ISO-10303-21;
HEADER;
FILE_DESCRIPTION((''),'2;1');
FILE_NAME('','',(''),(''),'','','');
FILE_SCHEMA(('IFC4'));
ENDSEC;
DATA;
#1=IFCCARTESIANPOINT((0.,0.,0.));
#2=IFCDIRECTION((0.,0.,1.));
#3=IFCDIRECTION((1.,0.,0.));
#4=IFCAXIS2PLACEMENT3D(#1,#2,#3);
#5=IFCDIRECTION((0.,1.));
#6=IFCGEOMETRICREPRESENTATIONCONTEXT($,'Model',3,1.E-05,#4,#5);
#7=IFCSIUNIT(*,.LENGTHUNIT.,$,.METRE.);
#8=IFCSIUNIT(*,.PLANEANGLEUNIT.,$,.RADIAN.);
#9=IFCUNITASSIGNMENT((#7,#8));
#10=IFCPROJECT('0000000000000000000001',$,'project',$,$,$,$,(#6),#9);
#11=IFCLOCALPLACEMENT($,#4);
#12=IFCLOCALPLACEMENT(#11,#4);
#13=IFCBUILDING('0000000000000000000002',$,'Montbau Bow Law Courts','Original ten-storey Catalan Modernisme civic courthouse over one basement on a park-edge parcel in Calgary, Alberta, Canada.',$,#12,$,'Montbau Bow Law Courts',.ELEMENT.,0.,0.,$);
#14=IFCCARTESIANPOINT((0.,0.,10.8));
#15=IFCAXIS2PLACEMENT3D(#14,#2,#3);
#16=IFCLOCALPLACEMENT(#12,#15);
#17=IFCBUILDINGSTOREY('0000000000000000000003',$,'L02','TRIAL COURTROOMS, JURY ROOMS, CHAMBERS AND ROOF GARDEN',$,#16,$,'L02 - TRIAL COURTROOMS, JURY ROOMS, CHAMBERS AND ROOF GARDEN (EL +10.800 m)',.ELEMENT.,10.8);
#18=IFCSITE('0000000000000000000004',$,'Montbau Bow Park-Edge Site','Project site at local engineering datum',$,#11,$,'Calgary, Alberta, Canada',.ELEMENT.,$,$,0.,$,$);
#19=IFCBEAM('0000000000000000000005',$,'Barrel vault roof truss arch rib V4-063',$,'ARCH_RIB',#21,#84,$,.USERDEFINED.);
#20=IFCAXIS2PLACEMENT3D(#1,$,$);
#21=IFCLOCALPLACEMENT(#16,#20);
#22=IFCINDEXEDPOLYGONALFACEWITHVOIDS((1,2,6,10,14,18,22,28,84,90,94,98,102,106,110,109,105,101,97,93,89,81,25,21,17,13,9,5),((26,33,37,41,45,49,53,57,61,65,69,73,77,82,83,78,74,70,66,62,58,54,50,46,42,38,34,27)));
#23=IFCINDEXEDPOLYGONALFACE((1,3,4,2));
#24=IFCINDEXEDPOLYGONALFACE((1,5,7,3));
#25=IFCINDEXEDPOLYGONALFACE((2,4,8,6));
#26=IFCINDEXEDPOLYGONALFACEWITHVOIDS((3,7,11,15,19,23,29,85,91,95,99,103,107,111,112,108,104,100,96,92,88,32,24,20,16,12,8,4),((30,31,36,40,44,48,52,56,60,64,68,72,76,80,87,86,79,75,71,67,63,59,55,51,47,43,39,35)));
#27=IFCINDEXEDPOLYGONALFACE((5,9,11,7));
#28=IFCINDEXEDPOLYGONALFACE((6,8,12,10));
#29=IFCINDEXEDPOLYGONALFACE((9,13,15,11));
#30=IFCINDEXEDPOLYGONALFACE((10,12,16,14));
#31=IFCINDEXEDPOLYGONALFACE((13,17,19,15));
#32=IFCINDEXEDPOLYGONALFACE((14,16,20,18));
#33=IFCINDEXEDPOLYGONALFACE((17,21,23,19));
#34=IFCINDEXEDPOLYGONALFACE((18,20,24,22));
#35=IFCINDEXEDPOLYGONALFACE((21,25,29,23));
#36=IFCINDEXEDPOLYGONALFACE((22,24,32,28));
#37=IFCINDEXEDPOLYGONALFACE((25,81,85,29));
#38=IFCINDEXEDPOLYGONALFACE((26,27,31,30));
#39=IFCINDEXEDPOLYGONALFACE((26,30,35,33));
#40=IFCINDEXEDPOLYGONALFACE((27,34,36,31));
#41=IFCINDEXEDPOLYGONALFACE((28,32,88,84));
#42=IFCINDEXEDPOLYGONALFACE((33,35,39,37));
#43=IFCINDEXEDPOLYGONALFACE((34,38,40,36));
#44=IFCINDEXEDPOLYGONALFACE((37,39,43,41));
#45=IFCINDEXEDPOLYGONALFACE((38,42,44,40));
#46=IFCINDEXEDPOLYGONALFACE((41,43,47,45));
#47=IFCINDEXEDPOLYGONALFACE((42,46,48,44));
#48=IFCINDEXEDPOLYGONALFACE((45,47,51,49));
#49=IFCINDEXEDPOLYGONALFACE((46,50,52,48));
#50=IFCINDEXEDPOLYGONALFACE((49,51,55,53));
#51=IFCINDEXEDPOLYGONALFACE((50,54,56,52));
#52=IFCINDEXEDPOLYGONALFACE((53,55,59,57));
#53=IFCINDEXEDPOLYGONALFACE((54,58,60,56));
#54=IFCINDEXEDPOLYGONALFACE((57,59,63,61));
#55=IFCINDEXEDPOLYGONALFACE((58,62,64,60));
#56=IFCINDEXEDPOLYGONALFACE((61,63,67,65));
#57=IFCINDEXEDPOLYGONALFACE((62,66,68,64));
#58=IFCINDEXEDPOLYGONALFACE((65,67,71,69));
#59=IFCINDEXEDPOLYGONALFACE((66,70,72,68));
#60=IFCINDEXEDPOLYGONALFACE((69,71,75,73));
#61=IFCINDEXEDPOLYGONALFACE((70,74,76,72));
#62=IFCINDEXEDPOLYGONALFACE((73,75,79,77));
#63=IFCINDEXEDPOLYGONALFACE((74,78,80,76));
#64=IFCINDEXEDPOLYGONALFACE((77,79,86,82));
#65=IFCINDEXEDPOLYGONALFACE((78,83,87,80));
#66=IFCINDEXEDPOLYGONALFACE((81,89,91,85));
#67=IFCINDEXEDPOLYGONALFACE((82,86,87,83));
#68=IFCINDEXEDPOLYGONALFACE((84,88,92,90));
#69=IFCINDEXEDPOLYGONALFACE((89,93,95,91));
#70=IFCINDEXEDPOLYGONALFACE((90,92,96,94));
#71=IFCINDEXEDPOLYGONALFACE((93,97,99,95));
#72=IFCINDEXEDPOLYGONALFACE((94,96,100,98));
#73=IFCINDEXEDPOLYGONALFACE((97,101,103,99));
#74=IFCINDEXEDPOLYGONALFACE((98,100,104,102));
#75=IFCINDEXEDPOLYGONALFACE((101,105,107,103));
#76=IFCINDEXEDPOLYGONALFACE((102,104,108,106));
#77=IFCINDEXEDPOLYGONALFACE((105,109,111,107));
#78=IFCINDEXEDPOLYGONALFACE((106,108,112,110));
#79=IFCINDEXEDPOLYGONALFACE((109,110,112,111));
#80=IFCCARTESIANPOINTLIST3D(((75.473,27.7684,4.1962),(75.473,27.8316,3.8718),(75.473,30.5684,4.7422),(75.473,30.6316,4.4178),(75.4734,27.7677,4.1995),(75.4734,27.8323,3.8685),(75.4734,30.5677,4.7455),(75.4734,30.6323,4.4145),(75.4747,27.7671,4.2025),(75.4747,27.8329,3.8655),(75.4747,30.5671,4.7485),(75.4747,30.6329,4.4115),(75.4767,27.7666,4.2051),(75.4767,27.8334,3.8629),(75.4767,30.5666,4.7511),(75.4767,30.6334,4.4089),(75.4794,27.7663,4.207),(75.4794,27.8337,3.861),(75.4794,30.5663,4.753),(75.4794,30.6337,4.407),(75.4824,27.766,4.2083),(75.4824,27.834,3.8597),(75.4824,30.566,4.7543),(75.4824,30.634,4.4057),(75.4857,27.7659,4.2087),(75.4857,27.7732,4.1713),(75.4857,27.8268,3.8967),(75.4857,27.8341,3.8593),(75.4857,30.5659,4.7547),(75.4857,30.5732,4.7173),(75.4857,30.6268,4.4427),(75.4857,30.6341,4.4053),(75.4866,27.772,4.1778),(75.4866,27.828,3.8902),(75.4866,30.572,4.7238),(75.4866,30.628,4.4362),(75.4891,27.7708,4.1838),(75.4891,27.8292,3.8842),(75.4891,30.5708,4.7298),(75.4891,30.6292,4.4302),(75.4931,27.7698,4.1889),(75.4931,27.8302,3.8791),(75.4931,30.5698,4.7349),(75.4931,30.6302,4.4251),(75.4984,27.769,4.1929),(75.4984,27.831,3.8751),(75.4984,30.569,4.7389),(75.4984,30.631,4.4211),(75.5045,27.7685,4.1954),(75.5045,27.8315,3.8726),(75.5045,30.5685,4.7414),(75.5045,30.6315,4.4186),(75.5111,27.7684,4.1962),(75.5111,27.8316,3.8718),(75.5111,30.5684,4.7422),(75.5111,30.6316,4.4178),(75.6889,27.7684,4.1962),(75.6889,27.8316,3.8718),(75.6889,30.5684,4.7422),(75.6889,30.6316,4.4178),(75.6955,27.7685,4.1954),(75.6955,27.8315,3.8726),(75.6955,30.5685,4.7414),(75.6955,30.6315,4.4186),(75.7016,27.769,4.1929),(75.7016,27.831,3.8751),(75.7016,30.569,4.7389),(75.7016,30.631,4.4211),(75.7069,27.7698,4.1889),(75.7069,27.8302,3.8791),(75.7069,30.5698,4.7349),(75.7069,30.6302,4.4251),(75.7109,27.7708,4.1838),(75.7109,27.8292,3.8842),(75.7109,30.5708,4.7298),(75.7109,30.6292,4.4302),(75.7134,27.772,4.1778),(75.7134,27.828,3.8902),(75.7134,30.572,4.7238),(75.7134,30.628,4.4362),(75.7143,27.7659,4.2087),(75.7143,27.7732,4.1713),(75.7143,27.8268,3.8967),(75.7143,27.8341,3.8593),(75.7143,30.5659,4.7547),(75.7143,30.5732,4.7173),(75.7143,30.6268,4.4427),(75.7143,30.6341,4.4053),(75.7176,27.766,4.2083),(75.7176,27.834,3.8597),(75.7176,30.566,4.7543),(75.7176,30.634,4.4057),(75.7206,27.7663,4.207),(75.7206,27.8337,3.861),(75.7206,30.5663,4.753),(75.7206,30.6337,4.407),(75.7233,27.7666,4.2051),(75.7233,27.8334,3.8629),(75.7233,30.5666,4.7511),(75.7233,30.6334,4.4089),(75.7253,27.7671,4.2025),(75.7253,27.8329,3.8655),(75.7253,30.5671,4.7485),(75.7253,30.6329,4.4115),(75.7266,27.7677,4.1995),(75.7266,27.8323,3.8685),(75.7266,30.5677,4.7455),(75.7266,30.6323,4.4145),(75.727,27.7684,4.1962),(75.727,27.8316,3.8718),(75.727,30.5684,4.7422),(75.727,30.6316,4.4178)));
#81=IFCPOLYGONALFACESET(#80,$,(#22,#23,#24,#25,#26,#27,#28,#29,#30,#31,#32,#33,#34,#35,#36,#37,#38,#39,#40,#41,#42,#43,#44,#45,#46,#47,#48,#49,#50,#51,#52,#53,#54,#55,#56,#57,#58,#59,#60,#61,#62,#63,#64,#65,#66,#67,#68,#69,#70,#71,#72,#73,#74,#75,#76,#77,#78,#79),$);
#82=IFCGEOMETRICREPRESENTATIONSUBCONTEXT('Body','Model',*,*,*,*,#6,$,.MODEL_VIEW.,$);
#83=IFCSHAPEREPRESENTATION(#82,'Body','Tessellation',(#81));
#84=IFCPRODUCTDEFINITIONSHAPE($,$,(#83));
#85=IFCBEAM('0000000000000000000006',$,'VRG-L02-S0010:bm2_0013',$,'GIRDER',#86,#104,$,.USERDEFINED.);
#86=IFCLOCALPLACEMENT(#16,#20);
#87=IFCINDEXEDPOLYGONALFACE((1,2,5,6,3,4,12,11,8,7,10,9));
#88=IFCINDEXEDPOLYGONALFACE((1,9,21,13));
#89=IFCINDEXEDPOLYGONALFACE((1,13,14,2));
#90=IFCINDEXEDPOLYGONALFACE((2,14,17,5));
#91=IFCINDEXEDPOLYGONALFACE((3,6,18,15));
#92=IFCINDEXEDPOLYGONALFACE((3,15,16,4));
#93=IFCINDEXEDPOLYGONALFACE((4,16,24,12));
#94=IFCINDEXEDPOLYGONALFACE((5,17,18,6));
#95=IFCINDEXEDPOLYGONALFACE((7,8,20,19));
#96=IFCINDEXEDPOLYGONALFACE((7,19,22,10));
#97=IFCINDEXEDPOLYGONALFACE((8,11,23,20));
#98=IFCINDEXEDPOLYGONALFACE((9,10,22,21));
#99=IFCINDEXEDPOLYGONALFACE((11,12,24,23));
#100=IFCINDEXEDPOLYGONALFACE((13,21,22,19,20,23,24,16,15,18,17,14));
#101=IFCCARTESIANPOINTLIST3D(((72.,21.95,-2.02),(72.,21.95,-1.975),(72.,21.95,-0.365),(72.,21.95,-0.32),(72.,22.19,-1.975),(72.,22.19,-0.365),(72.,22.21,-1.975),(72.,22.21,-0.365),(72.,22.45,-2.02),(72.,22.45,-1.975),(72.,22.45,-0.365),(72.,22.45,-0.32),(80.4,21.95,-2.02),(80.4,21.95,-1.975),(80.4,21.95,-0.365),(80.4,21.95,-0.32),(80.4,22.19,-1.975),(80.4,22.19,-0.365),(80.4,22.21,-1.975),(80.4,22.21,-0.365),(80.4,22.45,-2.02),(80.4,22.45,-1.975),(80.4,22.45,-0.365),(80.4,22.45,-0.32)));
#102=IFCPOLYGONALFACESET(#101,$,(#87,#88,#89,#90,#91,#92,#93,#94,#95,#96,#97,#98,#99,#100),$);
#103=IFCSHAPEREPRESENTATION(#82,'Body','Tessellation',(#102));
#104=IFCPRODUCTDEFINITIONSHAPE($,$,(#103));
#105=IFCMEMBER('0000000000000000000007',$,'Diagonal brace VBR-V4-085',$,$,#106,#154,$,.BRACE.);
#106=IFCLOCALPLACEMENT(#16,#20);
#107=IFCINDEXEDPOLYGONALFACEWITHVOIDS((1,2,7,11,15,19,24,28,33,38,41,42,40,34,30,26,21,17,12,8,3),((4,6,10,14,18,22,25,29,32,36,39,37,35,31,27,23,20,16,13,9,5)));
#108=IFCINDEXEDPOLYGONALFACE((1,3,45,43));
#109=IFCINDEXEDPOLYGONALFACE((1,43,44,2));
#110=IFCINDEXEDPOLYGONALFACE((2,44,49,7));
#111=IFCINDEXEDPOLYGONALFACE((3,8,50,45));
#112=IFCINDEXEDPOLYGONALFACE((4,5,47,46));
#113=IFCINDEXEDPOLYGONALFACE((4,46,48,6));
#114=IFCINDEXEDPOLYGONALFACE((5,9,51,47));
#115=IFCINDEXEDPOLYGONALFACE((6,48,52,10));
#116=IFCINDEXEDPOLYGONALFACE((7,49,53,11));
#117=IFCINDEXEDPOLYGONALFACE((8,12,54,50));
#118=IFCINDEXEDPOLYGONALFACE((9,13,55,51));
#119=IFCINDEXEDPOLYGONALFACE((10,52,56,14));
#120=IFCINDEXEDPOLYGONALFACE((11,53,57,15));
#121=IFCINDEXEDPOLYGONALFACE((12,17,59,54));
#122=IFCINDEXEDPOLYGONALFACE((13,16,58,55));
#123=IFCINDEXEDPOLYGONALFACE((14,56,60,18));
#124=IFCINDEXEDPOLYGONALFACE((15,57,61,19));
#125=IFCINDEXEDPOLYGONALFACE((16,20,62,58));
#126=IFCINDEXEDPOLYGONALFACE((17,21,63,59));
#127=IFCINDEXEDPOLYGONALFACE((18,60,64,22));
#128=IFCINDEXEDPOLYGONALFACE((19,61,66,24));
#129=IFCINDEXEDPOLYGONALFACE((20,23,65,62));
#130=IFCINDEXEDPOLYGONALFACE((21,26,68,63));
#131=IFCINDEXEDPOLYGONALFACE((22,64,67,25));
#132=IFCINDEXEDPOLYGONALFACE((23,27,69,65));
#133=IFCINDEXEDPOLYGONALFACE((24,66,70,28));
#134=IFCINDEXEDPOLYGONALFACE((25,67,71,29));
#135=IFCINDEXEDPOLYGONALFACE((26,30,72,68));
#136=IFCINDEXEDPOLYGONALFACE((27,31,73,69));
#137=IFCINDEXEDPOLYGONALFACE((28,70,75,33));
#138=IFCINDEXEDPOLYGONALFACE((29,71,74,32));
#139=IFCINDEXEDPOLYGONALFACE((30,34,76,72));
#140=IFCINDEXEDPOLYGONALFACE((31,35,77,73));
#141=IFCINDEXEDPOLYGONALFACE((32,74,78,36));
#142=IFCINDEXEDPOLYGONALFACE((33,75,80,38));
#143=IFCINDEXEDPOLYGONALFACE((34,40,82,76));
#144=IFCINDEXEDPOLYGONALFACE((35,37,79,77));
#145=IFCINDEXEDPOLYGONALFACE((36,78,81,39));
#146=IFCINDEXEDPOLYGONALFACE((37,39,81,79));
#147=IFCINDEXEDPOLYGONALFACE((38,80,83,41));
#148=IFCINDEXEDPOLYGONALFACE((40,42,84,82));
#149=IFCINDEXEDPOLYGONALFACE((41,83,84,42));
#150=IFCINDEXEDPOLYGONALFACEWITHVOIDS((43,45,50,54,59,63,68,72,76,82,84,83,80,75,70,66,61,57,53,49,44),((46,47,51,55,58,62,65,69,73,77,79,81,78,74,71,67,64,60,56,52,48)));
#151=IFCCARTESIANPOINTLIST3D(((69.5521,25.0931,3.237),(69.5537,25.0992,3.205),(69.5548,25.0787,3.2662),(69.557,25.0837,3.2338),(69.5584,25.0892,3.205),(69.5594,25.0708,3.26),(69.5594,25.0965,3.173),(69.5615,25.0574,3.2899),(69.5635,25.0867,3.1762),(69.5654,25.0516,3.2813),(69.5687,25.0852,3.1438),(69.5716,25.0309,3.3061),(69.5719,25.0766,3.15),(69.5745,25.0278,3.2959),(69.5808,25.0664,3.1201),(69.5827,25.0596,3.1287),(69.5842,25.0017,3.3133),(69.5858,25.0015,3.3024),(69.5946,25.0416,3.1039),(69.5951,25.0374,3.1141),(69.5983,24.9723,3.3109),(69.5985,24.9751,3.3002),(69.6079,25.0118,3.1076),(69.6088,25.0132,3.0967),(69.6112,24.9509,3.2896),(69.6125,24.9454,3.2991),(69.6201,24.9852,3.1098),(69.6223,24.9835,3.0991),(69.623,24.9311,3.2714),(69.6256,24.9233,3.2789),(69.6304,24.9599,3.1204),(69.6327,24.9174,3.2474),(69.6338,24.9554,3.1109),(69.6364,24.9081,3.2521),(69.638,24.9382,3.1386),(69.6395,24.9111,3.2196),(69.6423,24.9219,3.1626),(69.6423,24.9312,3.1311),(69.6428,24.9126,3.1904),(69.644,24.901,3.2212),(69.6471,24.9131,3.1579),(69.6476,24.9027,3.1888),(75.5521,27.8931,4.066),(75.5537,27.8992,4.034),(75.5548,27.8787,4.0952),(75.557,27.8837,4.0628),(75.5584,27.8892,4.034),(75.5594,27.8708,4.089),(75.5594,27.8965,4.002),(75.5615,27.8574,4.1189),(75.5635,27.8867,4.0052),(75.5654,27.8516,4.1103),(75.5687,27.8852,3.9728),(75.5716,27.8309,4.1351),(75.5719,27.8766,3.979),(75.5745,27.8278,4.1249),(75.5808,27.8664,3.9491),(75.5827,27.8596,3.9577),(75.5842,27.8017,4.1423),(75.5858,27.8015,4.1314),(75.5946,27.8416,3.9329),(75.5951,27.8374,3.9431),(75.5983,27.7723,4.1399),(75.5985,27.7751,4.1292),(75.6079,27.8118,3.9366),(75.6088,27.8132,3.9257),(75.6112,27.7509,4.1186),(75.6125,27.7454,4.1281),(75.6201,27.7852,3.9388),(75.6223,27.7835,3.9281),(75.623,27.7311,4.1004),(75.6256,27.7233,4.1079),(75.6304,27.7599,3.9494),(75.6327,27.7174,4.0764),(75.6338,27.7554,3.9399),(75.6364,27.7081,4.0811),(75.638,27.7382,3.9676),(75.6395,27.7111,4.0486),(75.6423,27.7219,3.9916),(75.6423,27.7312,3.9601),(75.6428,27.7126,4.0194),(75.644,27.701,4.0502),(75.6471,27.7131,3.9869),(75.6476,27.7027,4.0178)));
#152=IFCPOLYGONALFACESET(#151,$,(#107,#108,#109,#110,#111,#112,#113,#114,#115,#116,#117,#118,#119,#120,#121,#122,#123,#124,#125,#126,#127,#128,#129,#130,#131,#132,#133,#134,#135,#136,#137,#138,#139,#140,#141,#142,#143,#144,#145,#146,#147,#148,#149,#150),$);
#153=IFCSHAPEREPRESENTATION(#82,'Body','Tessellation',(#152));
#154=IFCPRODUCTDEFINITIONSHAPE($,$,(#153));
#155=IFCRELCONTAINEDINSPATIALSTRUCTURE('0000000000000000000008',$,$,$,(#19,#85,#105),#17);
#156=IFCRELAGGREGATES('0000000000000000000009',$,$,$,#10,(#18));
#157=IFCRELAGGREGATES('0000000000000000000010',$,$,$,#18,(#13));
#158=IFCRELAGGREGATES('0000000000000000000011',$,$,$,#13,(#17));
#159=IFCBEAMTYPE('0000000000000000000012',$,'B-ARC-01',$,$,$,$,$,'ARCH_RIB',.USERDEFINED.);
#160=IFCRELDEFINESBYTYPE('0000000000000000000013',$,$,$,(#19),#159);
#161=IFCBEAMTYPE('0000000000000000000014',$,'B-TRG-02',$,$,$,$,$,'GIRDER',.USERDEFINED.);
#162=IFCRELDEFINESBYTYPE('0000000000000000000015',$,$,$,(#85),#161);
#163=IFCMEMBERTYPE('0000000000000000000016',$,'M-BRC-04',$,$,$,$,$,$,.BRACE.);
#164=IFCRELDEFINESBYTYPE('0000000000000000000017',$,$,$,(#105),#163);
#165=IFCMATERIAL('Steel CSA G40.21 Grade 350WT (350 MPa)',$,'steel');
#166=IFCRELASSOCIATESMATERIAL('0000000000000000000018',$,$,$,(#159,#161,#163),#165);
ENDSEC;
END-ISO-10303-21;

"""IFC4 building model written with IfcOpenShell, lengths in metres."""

from ifc_helpers import new_model, si_unit, direction, frame, origin_with_axes, origin_2d_with_axis, place, context, subcontext, project, spatial, hollow_rectangle, hollow_circle, i_section, extrude, material, material_profile, profile_set, type_object, element, save


model = new_model("IFC4")

# Units and contexts
model_context = context("Model", 3, precision=1e-05, world=origin_with_axes(), true_north=direction((0.0, 1.0)))
body_context = subcontext(model_context, "Body", "Model", "MODEL_VIEW")
ifc_project = project(units=[si_unit("LENGTHUNIT", "METRE"), si_unit("PLANEANGLEUNIT", "RADIAN")], contexts=[model_context])

# Site, building, storey
site_placement = place(None, origin_with_axes())
site = spatial("IfcSite", under=ifc_project, at=site_placement, Name="Montbau Bow Park-Edge Site", Description="Project site at local engineering datum", LongName="Calgary, Alberta, Canada", CompositionType="ELEMENT", RefElevation=0.0)
building_placement = place(site_placement, origin_with_axes())
building = spatial("IfcBuilding", under=site, at=building_placement, Name="Montbau Bow Law Courts", Description="Original ten-storey Catalan Modernisme civic courthouse over one basement on a park-edge parcel in Calgary, Alberta, Canada.", LongName="Montbau Bow Law Courts", CompositionType="ELEMENT", ElevationOfRefHeight=0.0, ElevationOfTerrain=0.0)
storey_placement = place(building_placement, frame((0.0, 0.0, 10.8), z_axis=(0.0, 0.0, 1.0), x_axis=(1.0, 0.0, 0.0)))
storey = spatial("IfcBuildingStorey", under=building, at=storey_placement, Name="L02", Description="TRIAL COURTROOMS, JURY ROOMS, CHAMBERS AND ROOF GARDEN", LongName="L02 - TRIAL COURTROOMS, JURY ROOMS, CHAMBERS AND ROOF GARDEN (EL +10.800 m)", CompositionType="ELEMENT", Elevation=10.8)

# Beams
ifc_material_1 = material(Name="Steel CSA G40.21 Grade 350WT (350 MPa)", Category="steel")
ifc_material_profile_1 = material_profile(ifc_material_1, hollow_rectangle(XDim=0.254, YDim=0.356, WallThickness=0.0127, InnerFilletRadius=0.0254, OuterFilletRadius=0.0127, at=origin_2d_with_axis()), Name="HSS356X254X13", Category="Main", Priority=0)
ifc_profile_set_1 = profile_set([ifc_material_profile_1], Name="Steel CSA G40.21 Grade 350WT (350 MPa)")
beam_type_1 = type_object("IfcBeamType", Name="B-ARC-01", ElementType="ARCH_RIB", PredefinedType="USERDEFINED", material=ifc_profile_set_1)
beam_1_placement = place(None, frame((75.6, 27.8, 14.834), z_axis=(0.0, 0.981513, 0.191395), x_axis=(-1.0, 0.0, 0.0)))
element("IfcBeam", 1, at=beam_1_placement, inside=storey, type_object=beam_type_1, Name="Barrel vault roof truss arch rib V4-063", ObjectType="ARCH_RIB", PredefinedType="USERDEFINED", context=body_context, shape_type="SweptSolid", body=[
    extrude(hollow_rectangle(XDim=0.254, YDim=0.356, WallThickness=0.0127, InnerFilletRadius=0.0254, OuterFilletRadius=0.0127, at=origin_2d_with_axis()), origin_with_axes(), (0.0, 0.0, 1.0), 2.8527),
])
ifc_material_profile_2 = material_profile(ifc_material_1, i_section(OverallWidth=0.5, OverallDepth=1.7, WebThickness=0.02, FlangeThickness=0.045, at=origin_2d_with_axis()), Name="WWF1700X480", Category="Main", Priority=0)
ifc_profile_set_2 = profile_set([ifc_material_profile_2], Name="Steel CSA G40.21 Grade 350WT (350 MPa)")
beam_type_2 = type_object("IfcBeamType", Name="B-TRG-02", ElementType="GIRDER", PredefinedType="USERDEFINED", material=ifc_profile_set_2)
beam_2_placement = place(None, frame((72.0, 22.2, 9.63), z_axis=(1.0, 0.0, 0.0), x_axis=(0.0, 1.0, 0.0)))
element("IfcBeam", 2, at=beam_2_placement, inside=storey, type_object=beam_type_2, Name="VRG-L02-S0010:bm2_0013", ObjectType="GIRDER", PredefinedType="USERDEFINED", context=body_context, shape_type="SweptSolid", body=[
    extrude(i_section(OverallWidth=0.5, OverallDepth=1.7, WebThickness=0.02, FlangeThickness=0.045, at=origin_2d_with_axis()), origin_with_axes(), (0.0, 0.0, 1.0), 8.4),
])

# Member
ifc_material_profile_3 = material_profile(ifc_material_1, hollow_circle(Radius=0.1095, WallThickness=0.0111, at=origin_2d_with_axis()), Name="HSS219X11", Category="Main", Priority=0)
ifc_profile_set_3 = profile_set([ifc_material_profile_3], Name="Steel CSA G40.21 Grade 350WT (350 MPa)")
member_type_1 = type_object("IfcMemberType", Name="M-BRC-04", PredefinedType="BRACE", material=ifc_profile_set_3)
member_1_placement = place(None, frame((69.6, 25.0, 14.005), z_axis=(0.899163, 0.419609, 0.124234), x_axis=(-0.422885, 0.906183, 0.0)))
element("IfcMember", 3, at=member_1_placement, inside=storey, type_object=member_type_1, Name="Diagonal brace VBR-V4-085", PredefinedType="BRACE", context=body_context, shape_type="SweptSolid", body=[
    extrude(hollow_circle(Radius=0.1095, WallThickness=0.0111, at=origin_2d_with_axis()), origin_with_axes(), (0.0, 0.0, 1.0), 6.6729),
])

save(model, "model.ifc")
